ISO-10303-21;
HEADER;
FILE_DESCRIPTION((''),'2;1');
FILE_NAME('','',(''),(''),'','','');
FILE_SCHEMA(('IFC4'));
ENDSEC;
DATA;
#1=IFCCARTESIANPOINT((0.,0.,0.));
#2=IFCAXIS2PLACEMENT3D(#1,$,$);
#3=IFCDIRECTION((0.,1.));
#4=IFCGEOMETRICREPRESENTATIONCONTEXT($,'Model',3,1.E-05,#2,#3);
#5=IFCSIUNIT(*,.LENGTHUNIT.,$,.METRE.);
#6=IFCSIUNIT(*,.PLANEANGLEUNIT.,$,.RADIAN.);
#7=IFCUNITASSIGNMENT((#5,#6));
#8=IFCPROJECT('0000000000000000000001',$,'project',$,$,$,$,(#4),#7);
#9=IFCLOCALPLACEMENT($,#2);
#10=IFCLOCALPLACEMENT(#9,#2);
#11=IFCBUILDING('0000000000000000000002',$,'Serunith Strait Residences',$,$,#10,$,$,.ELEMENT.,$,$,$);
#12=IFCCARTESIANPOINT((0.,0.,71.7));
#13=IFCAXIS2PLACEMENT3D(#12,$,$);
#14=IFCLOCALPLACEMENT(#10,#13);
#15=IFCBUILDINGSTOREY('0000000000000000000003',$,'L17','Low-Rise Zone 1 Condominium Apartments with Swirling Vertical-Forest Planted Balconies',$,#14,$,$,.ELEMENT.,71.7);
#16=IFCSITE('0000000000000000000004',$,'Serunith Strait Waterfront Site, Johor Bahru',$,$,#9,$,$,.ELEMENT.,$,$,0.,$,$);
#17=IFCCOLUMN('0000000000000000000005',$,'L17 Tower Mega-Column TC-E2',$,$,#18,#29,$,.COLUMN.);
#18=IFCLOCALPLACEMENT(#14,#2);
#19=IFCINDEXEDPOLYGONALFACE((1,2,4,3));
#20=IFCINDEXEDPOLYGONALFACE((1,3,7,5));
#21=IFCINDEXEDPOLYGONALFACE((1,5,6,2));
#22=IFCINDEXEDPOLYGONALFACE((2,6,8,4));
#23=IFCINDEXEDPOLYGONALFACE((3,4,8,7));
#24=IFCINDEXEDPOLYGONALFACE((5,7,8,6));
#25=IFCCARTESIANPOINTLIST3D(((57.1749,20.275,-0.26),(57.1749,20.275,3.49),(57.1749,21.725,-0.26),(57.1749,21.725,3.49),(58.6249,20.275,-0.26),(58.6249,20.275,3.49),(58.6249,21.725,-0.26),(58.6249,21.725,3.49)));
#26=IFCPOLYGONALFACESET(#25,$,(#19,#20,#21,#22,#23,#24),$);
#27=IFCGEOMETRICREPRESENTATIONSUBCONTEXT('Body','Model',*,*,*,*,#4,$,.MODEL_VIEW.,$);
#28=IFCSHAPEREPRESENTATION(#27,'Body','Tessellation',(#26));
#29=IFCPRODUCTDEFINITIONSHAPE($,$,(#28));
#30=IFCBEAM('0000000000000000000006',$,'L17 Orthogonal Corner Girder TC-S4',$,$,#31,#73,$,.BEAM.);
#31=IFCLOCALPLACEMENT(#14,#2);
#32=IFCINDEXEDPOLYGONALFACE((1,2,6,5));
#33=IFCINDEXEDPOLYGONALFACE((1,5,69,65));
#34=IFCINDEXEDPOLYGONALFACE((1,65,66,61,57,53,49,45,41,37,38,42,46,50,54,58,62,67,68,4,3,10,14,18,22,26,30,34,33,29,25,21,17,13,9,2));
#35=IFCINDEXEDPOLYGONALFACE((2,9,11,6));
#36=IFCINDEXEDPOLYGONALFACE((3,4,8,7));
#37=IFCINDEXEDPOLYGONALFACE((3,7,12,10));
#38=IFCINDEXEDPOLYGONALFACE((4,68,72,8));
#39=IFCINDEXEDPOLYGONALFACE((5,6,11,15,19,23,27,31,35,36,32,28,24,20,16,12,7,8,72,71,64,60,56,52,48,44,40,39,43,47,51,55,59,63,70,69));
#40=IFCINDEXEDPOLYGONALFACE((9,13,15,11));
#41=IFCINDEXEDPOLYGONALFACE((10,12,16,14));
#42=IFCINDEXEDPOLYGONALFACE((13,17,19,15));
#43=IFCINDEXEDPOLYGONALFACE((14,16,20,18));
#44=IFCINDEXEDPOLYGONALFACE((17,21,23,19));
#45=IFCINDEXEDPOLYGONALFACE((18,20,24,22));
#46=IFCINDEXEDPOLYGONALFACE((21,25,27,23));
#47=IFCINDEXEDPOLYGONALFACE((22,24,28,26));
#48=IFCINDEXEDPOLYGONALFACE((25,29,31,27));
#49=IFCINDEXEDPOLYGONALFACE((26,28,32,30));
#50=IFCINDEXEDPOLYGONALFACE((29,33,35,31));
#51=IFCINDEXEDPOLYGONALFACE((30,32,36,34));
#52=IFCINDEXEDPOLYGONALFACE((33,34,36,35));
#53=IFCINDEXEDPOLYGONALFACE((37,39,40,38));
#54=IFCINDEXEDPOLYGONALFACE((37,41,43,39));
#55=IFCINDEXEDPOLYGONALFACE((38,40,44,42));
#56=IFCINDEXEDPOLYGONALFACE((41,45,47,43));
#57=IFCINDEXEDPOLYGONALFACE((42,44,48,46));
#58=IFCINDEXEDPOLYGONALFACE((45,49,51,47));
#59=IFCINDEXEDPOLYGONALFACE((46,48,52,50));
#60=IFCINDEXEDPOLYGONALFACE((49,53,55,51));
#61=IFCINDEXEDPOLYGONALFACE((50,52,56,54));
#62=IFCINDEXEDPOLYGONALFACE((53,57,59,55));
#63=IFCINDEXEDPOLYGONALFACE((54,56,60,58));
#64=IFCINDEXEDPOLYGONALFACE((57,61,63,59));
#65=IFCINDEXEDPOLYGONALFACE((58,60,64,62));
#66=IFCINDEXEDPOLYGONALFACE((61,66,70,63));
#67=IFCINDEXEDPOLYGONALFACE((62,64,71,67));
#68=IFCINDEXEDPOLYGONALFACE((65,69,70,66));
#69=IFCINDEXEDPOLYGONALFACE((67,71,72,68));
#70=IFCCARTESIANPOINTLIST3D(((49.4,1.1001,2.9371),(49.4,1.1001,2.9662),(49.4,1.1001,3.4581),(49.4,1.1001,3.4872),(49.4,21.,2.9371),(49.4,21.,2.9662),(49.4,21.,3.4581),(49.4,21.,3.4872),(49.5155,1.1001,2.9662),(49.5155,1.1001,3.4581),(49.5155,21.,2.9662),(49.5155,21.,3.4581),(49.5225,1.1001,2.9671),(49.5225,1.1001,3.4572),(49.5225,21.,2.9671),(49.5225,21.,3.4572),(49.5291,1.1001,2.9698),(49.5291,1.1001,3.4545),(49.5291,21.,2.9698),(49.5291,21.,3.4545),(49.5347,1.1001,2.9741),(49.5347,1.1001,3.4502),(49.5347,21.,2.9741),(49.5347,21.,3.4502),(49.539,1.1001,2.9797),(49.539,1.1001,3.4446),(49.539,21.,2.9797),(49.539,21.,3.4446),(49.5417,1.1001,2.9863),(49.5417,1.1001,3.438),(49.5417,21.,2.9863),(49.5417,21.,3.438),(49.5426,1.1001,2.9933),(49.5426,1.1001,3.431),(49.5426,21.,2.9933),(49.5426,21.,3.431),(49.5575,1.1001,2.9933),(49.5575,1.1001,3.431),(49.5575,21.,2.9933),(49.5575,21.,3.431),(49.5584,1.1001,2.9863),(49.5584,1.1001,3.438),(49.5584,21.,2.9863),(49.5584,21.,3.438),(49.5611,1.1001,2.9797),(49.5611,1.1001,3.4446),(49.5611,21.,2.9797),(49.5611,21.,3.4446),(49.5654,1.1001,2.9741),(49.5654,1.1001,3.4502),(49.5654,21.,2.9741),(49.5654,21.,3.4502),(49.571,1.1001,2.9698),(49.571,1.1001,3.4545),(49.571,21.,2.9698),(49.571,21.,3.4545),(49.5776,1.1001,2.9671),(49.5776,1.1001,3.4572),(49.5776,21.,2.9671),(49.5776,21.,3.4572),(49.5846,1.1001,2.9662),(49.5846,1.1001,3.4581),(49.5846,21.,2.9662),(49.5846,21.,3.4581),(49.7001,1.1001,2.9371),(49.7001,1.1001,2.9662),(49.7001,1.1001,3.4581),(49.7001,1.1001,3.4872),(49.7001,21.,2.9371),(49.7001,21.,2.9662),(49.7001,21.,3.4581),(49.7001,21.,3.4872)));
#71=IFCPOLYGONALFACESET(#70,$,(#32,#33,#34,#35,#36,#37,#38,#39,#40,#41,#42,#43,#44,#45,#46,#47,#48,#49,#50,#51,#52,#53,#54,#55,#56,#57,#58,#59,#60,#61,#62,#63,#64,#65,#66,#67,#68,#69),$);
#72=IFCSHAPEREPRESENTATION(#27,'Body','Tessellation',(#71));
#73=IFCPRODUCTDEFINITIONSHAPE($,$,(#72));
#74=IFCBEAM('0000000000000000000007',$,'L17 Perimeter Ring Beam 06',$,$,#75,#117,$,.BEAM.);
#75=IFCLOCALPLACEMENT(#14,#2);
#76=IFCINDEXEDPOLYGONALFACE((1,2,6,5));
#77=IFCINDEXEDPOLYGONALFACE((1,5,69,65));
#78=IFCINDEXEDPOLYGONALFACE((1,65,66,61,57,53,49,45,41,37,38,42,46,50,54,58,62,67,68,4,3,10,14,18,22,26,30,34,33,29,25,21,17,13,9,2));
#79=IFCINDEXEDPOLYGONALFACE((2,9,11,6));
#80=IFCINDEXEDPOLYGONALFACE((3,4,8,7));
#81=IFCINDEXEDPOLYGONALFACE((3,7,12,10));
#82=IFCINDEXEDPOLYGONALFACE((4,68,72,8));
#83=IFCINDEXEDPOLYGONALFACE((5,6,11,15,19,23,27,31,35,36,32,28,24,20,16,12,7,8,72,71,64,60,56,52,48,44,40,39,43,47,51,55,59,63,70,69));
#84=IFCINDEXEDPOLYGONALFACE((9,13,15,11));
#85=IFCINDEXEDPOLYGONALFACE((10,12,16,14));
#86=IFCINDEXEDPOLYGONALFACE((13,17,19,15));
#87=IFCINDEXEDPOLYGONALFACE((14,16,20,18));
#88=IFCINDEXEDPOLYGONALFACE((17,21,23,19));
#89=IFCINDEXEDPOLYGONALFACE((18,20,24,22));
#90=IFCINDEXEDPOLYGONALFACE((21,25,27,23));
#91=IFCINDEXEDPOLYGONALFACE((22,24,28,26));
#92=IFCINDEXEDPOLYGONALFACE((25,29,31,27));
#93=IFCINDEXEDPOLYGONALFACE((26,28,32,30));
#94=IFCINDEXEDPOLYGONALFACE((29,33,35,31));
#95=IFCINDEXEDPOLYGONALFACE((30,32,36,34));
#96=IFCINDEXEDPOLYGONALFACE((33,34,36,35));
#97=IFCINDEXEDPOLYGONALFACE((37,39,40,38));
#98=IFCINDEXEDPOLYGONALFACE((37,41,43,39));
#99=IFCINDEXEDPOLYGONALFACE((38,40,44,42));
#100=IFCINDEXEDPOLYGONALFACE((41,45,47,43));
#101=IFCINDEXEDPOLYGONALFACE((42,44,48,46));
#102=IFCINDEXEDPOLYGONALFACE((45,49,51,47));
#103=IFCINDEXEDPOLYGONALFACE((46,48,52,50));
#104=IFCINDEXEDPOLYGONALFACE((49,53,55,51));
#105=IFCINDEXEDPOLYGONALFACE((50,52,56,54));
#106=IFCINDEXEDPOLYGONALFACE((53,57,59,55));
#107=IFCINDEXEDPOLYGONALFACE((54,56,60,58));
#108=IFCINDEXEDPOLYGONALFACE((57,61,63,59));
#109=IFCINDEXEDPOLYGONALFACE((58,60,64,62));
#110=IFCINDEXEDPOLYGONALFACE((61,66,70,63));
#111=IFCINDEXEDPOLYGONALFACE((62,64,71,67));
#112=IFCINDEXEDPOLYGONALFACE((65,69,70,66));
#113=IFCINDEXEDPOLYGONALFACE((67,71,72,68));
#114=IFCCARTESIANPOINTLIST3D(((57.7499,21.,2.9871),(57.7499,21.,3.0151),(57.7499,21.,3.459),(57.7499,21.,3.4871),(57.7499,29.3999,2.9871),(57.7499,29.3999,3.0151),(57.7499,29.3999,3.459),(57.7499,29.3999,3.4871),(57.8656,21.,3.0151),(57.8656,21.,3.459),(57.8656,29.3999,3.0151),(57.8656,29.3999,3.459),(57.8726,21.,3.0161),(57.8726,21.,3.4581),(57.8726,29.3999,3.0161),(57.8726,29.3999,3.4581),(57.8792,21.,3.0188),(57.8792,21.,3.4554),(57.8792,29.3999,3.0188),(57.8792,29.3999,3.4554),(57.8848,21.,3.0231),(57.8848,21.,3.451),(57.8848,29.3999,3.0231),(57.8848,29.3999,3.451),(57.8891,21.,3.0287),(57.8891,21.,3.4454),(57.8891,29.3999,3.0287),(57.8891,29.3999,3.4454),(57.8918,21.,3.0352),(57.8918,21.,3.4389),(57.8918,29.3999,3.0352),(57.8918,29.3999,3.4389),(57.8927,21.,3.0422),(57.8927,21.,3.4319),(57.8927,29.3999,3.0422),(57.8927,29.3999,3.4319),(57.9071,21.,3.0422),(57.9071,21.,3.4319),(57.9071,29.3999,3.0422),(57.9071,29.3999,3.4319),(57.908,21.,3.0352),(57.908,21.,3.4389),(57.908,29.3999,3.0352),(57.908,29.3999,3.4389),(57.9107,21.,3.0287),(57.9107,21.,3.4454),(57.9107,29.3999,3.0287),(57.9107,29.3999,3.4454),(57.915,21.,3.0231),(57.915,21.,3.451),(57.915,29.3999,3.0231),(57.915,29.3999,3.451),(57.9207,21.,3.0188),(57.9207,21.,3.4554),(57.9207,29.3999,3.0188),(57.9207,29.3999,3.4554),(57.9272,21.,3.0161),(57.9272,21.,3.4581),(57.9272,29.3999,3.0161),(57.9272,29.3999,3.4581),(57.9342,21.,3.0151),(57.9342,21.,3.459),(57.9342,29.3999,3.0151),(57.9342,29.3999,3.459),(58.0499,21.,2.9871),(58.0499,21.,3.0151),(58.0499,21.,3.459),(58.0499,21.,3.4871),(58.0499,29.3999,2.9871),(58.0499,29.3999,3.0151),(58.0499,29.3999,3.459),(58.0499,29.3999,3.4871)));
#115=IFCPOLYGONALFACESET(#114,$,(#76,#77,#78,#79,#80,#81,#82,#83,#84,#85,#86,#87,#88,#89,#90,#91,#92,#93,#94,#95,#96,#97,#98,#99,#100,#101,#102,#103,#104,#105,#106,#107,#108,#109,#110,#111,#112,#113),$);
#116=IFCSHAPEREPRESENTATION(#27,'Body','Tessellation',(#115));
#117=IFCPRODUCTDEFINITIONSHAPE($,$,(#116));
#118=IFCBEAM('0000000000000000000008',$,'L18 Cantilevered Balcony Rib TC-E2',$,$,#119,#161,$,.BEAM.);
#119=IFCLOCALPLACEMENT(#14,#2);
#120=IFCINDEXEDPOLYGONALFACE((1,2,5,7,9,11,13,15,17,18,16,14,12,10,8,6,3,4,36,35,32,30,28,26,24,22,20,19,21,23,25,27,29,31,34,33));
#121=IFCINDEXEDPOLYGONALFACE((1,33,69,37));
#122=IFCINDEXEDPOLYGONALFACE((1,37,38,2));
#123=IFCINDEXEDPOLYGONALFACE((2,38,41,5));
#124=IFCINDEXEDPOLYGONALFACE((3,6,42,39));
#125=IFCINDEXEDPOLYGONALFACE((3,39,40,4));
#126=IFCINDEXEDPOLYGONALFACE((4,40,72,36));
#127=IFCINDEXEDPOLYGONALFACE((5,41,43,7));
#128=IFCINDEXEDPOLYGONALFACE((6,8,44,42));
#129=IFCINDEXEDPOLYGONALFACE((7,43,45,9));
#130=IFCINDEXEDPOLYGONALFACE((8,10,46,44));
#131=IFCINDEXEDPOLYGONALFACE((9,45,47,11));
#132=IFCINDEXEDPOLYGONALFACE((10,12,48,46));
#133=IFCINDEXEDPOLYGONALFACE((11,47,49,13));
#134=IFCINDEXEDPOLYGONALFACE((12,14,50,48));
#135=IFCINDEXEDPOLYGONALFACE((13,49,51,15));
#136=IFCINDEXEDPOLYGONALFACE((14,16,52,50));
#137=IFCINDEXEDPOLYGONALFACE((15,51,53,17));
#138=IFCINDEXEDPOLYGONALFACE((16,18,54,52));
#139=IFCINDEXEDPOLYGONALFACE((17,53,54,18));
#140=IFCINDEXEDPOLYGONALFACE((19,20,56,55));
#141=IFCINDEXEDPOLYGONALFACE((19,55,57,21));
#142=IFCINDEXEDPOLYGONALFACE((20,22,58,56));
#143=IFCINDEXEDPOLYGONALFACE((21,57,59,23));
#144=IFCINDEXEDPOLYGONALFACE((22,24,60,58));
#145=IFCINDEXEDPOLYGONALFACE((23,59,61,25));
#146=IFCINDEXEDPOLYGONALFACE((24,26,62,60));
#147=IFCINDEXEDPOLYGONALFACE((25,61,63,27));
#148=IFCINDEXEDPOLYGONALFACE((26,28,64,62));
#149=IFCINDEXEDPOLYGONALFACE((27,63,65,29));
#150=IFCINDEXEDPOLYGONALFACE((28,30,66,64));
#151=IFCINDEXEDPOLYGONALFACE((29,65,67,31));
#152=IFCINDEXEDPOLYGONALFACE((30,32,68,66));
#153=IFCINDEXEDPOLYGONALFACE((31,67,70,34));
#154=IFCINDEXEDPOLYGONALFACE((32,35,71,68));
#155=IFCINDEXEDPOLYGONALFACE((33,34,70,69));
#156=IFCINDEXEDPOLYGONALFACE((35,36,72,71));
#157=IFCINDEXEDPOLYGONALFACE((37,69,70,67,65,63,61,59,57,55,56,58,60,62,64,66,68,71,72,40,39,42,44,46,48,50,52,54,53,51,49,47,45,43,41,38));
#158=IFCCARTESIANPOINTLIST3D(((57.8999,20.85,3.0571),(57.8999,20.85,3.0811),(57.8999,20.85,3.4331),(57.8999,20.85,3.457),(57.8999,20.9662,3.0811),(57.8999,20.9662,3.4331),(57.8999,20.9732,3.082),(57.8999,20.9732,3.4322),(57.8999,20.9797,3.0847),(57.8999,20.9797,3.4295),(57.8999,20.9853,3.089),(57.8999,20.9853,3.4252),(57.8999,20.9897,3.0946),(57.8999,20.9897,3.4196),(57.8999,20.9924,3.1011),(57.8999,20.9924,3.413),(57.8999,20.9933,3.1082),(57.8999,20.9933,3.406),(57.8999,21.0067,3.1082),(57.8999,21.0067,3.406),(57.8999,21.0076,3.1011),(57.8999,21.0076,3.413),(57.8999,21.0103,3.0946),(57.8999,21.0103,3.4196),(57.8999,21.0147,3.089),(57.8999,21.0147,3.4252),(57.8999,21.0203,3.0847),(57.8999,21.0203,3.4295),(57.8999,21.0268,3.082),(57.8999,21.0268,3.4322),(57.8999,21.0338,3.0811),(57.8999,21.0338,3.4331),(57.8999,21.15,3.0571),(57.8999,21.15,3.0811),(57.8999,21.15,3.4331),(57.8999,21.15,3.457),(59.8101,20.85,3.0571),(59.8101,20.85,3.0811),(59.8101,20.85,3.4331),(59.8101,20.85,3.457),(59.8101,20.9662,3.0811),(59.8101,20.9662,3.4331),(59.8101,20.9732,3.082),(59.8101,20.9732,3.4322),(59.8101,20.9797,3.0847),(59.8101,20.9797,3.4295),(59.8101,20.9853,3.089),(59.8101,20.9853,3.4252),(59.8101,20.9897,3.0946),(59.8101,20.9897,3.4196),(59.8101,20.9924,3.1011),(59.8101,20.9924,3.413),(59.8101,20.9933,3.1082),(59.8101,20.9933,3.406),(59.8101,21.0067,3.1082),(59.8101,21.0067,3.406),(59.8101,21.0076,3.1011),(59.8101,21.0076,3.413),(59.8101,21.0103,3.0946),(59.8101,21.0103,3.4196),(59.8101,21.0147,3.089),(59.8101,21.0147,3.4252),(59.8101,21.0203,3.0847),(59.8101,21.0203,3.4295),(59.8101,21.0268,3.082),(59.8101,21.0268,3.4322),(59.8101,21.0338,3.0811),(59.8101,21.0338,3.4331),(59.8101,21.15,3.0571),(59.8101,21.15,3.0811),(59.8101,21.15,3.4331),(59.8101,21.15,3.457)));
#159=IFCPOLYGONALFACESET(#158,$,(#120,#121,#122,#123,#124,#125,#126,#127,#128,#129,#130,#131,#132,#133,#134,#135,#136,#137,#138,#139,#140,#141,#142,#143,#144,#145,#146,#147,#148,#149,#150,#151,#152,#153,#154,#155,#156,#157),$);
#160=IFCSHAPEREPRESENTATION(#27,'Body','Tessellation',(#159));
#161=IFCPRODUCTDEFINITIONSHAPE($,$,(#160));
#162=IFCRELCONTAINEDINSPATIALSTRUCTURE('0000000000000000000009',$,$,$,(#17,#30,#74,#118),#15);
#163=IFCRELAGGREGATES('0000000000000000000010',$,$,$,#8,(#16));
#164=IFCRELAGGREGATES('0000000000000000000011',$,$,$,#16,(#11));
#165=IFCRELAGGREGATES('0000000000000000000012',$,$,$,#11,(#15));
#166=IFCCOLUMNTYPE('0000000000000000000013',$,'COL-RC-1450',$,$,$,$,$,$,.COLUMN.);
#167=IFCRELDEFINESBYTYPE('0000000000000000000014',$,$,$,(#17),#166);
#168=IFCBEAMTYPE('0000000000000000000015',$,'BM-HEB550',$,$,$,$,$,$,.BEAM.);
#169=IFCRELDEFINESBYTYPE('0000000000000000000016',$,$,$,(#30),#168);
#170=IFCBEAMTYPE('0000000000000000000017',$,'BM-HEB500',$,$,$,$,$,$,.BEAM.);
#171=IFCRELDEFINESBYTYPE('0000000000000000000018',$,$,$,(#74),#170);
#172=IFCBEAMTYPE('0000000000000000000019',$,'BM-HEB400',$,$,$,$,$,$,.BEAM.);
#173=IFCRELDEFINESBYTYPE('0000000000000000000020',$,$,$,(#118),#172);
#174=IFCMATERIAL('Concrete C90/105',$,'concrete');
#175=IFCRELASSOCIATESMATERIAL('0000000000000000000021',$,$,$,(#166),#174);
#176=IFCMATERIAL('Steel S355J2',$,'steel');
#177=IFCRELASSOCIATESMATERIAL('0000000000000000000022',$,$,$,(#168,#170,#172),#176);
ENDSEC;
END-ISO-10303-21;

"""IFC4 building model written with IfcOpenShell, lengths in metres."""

from ifc_helpers import new_model, si_unit, direction, frame, origin, origin_2d, place, context, subcontext, project, spatial, rectangle, i_section, extrude, source, transform, mapped, material, material_profile, profile_set, type_object, element, save


model = new_model("IFC4")

# Units and contexts
model_context = context("Model", 3, precision=1e-05, world=origin(), true_north=direction((0.0, 1.0)))
body_context = subcontext(model_context, "Body", "Model", "MODEL_VIEW")
ifc_project = project(units=[si_unit("LENGTHUNIT", "METRE"), si_unit("PLANEANGLEUNIT", "RADIAN")], contexts=[model_context])

# Site, building, storey
site_placement = place(None, origin())
site = spatial("IfcSite", under=ifc_project, at=site_placement, Name="Serunith Strait Waterfront Site, Johor Bahru", CompositionType="ELEMENT", RefElevation=0.0)
building_placement = place(site_placement, origin())
building = spatial("IfcBuilding", under=site, at=building_placement, Name="Serunith Strait Residences", CompositionType="ELEMENT")
storey_placement = place(building_placement, frame((0.0, 0.0, 71.7)))
storey = spatial("IfcBuildingStorey", under=building, at=storey_placement, Name="L17", Description="Low-Rise Zone 1 Condominium Apartments with Swirling Vertical-Forest Planted Balconies", CompositionType="ELEMENT", Elevation=71.7)

# Column
ifc_material_1 = material(Name="Concrete C90/105", Category="concrete")
ifc_material_profile_1 = material_profile(ifc_material_1, rectangle(XDim=1.45, YDim=1.45, at=origin_2d()), Name="RC 1450x1450")
ifc_profile_set_1 = profile_set([ifc_material_profile_1], Name="Concrete C90/105")
column_type = type_object("IfcColumnType", Name="COL-RC-1450", PredefinedType="COLUMN", material=ifc_profile_set_1)
shared_shape_1 = source(origin(), body_context, "Body", "SweptSolid", [
    extrude(rectangle(XDim=1.45, YDim=1.45, at=origin_2d()), origin(), (0.0, 0.0, 1.0), 3.75),
])
column_placement = place(storey_placement, frame((57.8999, 21.0, -0.26), z_axis=(0.0, 0.0, 1.0), x_axis=(1.0, 0.0, 0.0)))
element("IfcColumn", 1, at=column_placement, inside=storey, type_object=column_type, Name="L17 Tower Mega-Column TC-E2", PredefinedType="COLUMN", context=body_context, shape_type="MappedRepresentation", body=[
    mapped(shared_shape_1, transform((0.0, 0.0, 0.0), scale=1.0)),
])

# Beams
ifc_material_2 = material(Name="Steel S355J2", Category="steel")
ifc_material_profile_2 = material_profile(ifc_material_2, i_section(OverallWidth=0.3, OverallDepth=0.55, WebThickness=0.0149, FlangeThickness=0.0291, FilletRadius=0.0271, at=origin_2d()), Name="HEB 550")
ifc_profile_set_2 = profile_set([ifc_material_profile_2], Name="Steel S355J2")
beam_type_1 = type_object("IfcBeamType", Name="BM-HEB550", PredefinedType="BEAM", material=ifc_profile_set_2)
shared_shape_2 = source(origin(), body_context, "Body", "SweptSolid", [
    extrude(i_section(OverallWidth=0.3, OverallDepth=0.55, WebThickness=0.0149, FlangeThickness=0.0291, FilletRadius=0.0271, at=origin_2d()), origin(), (0.0, 0.0, 1.0), 19.8999),
])
beam_1_placement = place(storey_placement, frame((49.55, 21.0, 3.2122), z_axis=(0.0, -1.0, 0.0), x_axis=(1.0, 0.0, 0.0)))
element("IfcBeam", 2, at=beam_1_placement, inside=storey, type_object=beam_type_1, Name="L17 Orthogonal Corner Girder TC-S4", PredefinedType="BEAM", context=body_context, shape_type="MappedRepresentation", body=[
    mapped(shared_shape_2, transform((0.0, 0.0, 0.0), scale=1.0)),
])
ifc_material_profile_3 = material_profile(ifc_material_2, i_section(OverallWidth=0.3, OverallDepth=0.5, WebThickness=0.0144, FlangeThickness=0.0281, FilletRadius=0.0271, at=origin_2d()), Name="HEB 500")
ifc_profile_set_3 = profile_set([ifc_material_profile_3], Name="Steel S355J2")
beam_type_2 = type_object("IfcBeamType", Name="BM-HEB500", PredefinedType="BEAM", material=ifc_profile_set_3)
shared_shape_3 = source(origin(), body_context, "Body", "SweptSolid", [
    extrude(i_section(OverallWidth=0.3, OverallDepth=0.5, WebThickness=0.0144, FlangeThickness=0.0281, FilletRadius=0.0271, at=origin_2d()), origin(), (0.0, 0.0, 1.0), 8.3999),
])
beam_2_placement = place(storey_placement, frame((57.8999, 21.0, 3.2371), z_axis=(0.0, 1.0, 0.0), x_axis=(-1.0, 0.0, 0.0)))
element("IfcBeam", 3, at=beam_2_placement, inside=storey, type_object=beam_type_2, Name="L17 Perimeter Ring Beam 06", PredefinedType="BEAM", context=body_context, shape_type="MappedRepresentation", body=[
    mapped(shared_shape_3, transform((0.0, 0.0, 0.0), scale=1.0)),
])
ifc_material_profile_4 = material_profile(ifc_material_2, i_section(OverallWidth=0.3, OverallDepth=0.3999, WebThickness=0.0134, FlangeThickness=0.0239, FilletRadius=0.0271, at=origin_2d()), Name="HEB 400")
ifc_profile_set_4 = profile_set([ifc_material_profile_4], Name="Steel S355J2")
beam_type_3 = type_object("IfcBeamType", Name="BM-HEB400", PredefinedType="BEAM", material=ifc_profile_set_4)
shared_shape_4 = source(origin(), body_context, "Body", "SweptSolid", [
    extrude(i_section(OverallWidth=0.3, OverallDepth=0.3999, WebThickness=0.0134, FlangeThickness=0.0239, FilletRadius=0.0271, at=origin_2d()), origin(), (0.0, 0.0, 1.0), 1.9102),
])
beam_3_placement = place(storey_placement, frame((57.8999, 21.0, 3.2571), z_axis=(1.0, 0.0, 0.0), x_axis=(0.0, 1.0, 0.0)))
element("IfcBeam", 4, at=beam_3_placement, inside=storey, type_object=beam_type_3, Name="L18 Cantilevered Balcony Rib TC-E2", PredefinedType="BEAM", context=body_context, shape_type="MappedRepresentation", body=[
    mapped(shared_shape_4, transform((0.0, 0.0, 0.0), scale=1.0)),
])

save(model, "model.ifc")
